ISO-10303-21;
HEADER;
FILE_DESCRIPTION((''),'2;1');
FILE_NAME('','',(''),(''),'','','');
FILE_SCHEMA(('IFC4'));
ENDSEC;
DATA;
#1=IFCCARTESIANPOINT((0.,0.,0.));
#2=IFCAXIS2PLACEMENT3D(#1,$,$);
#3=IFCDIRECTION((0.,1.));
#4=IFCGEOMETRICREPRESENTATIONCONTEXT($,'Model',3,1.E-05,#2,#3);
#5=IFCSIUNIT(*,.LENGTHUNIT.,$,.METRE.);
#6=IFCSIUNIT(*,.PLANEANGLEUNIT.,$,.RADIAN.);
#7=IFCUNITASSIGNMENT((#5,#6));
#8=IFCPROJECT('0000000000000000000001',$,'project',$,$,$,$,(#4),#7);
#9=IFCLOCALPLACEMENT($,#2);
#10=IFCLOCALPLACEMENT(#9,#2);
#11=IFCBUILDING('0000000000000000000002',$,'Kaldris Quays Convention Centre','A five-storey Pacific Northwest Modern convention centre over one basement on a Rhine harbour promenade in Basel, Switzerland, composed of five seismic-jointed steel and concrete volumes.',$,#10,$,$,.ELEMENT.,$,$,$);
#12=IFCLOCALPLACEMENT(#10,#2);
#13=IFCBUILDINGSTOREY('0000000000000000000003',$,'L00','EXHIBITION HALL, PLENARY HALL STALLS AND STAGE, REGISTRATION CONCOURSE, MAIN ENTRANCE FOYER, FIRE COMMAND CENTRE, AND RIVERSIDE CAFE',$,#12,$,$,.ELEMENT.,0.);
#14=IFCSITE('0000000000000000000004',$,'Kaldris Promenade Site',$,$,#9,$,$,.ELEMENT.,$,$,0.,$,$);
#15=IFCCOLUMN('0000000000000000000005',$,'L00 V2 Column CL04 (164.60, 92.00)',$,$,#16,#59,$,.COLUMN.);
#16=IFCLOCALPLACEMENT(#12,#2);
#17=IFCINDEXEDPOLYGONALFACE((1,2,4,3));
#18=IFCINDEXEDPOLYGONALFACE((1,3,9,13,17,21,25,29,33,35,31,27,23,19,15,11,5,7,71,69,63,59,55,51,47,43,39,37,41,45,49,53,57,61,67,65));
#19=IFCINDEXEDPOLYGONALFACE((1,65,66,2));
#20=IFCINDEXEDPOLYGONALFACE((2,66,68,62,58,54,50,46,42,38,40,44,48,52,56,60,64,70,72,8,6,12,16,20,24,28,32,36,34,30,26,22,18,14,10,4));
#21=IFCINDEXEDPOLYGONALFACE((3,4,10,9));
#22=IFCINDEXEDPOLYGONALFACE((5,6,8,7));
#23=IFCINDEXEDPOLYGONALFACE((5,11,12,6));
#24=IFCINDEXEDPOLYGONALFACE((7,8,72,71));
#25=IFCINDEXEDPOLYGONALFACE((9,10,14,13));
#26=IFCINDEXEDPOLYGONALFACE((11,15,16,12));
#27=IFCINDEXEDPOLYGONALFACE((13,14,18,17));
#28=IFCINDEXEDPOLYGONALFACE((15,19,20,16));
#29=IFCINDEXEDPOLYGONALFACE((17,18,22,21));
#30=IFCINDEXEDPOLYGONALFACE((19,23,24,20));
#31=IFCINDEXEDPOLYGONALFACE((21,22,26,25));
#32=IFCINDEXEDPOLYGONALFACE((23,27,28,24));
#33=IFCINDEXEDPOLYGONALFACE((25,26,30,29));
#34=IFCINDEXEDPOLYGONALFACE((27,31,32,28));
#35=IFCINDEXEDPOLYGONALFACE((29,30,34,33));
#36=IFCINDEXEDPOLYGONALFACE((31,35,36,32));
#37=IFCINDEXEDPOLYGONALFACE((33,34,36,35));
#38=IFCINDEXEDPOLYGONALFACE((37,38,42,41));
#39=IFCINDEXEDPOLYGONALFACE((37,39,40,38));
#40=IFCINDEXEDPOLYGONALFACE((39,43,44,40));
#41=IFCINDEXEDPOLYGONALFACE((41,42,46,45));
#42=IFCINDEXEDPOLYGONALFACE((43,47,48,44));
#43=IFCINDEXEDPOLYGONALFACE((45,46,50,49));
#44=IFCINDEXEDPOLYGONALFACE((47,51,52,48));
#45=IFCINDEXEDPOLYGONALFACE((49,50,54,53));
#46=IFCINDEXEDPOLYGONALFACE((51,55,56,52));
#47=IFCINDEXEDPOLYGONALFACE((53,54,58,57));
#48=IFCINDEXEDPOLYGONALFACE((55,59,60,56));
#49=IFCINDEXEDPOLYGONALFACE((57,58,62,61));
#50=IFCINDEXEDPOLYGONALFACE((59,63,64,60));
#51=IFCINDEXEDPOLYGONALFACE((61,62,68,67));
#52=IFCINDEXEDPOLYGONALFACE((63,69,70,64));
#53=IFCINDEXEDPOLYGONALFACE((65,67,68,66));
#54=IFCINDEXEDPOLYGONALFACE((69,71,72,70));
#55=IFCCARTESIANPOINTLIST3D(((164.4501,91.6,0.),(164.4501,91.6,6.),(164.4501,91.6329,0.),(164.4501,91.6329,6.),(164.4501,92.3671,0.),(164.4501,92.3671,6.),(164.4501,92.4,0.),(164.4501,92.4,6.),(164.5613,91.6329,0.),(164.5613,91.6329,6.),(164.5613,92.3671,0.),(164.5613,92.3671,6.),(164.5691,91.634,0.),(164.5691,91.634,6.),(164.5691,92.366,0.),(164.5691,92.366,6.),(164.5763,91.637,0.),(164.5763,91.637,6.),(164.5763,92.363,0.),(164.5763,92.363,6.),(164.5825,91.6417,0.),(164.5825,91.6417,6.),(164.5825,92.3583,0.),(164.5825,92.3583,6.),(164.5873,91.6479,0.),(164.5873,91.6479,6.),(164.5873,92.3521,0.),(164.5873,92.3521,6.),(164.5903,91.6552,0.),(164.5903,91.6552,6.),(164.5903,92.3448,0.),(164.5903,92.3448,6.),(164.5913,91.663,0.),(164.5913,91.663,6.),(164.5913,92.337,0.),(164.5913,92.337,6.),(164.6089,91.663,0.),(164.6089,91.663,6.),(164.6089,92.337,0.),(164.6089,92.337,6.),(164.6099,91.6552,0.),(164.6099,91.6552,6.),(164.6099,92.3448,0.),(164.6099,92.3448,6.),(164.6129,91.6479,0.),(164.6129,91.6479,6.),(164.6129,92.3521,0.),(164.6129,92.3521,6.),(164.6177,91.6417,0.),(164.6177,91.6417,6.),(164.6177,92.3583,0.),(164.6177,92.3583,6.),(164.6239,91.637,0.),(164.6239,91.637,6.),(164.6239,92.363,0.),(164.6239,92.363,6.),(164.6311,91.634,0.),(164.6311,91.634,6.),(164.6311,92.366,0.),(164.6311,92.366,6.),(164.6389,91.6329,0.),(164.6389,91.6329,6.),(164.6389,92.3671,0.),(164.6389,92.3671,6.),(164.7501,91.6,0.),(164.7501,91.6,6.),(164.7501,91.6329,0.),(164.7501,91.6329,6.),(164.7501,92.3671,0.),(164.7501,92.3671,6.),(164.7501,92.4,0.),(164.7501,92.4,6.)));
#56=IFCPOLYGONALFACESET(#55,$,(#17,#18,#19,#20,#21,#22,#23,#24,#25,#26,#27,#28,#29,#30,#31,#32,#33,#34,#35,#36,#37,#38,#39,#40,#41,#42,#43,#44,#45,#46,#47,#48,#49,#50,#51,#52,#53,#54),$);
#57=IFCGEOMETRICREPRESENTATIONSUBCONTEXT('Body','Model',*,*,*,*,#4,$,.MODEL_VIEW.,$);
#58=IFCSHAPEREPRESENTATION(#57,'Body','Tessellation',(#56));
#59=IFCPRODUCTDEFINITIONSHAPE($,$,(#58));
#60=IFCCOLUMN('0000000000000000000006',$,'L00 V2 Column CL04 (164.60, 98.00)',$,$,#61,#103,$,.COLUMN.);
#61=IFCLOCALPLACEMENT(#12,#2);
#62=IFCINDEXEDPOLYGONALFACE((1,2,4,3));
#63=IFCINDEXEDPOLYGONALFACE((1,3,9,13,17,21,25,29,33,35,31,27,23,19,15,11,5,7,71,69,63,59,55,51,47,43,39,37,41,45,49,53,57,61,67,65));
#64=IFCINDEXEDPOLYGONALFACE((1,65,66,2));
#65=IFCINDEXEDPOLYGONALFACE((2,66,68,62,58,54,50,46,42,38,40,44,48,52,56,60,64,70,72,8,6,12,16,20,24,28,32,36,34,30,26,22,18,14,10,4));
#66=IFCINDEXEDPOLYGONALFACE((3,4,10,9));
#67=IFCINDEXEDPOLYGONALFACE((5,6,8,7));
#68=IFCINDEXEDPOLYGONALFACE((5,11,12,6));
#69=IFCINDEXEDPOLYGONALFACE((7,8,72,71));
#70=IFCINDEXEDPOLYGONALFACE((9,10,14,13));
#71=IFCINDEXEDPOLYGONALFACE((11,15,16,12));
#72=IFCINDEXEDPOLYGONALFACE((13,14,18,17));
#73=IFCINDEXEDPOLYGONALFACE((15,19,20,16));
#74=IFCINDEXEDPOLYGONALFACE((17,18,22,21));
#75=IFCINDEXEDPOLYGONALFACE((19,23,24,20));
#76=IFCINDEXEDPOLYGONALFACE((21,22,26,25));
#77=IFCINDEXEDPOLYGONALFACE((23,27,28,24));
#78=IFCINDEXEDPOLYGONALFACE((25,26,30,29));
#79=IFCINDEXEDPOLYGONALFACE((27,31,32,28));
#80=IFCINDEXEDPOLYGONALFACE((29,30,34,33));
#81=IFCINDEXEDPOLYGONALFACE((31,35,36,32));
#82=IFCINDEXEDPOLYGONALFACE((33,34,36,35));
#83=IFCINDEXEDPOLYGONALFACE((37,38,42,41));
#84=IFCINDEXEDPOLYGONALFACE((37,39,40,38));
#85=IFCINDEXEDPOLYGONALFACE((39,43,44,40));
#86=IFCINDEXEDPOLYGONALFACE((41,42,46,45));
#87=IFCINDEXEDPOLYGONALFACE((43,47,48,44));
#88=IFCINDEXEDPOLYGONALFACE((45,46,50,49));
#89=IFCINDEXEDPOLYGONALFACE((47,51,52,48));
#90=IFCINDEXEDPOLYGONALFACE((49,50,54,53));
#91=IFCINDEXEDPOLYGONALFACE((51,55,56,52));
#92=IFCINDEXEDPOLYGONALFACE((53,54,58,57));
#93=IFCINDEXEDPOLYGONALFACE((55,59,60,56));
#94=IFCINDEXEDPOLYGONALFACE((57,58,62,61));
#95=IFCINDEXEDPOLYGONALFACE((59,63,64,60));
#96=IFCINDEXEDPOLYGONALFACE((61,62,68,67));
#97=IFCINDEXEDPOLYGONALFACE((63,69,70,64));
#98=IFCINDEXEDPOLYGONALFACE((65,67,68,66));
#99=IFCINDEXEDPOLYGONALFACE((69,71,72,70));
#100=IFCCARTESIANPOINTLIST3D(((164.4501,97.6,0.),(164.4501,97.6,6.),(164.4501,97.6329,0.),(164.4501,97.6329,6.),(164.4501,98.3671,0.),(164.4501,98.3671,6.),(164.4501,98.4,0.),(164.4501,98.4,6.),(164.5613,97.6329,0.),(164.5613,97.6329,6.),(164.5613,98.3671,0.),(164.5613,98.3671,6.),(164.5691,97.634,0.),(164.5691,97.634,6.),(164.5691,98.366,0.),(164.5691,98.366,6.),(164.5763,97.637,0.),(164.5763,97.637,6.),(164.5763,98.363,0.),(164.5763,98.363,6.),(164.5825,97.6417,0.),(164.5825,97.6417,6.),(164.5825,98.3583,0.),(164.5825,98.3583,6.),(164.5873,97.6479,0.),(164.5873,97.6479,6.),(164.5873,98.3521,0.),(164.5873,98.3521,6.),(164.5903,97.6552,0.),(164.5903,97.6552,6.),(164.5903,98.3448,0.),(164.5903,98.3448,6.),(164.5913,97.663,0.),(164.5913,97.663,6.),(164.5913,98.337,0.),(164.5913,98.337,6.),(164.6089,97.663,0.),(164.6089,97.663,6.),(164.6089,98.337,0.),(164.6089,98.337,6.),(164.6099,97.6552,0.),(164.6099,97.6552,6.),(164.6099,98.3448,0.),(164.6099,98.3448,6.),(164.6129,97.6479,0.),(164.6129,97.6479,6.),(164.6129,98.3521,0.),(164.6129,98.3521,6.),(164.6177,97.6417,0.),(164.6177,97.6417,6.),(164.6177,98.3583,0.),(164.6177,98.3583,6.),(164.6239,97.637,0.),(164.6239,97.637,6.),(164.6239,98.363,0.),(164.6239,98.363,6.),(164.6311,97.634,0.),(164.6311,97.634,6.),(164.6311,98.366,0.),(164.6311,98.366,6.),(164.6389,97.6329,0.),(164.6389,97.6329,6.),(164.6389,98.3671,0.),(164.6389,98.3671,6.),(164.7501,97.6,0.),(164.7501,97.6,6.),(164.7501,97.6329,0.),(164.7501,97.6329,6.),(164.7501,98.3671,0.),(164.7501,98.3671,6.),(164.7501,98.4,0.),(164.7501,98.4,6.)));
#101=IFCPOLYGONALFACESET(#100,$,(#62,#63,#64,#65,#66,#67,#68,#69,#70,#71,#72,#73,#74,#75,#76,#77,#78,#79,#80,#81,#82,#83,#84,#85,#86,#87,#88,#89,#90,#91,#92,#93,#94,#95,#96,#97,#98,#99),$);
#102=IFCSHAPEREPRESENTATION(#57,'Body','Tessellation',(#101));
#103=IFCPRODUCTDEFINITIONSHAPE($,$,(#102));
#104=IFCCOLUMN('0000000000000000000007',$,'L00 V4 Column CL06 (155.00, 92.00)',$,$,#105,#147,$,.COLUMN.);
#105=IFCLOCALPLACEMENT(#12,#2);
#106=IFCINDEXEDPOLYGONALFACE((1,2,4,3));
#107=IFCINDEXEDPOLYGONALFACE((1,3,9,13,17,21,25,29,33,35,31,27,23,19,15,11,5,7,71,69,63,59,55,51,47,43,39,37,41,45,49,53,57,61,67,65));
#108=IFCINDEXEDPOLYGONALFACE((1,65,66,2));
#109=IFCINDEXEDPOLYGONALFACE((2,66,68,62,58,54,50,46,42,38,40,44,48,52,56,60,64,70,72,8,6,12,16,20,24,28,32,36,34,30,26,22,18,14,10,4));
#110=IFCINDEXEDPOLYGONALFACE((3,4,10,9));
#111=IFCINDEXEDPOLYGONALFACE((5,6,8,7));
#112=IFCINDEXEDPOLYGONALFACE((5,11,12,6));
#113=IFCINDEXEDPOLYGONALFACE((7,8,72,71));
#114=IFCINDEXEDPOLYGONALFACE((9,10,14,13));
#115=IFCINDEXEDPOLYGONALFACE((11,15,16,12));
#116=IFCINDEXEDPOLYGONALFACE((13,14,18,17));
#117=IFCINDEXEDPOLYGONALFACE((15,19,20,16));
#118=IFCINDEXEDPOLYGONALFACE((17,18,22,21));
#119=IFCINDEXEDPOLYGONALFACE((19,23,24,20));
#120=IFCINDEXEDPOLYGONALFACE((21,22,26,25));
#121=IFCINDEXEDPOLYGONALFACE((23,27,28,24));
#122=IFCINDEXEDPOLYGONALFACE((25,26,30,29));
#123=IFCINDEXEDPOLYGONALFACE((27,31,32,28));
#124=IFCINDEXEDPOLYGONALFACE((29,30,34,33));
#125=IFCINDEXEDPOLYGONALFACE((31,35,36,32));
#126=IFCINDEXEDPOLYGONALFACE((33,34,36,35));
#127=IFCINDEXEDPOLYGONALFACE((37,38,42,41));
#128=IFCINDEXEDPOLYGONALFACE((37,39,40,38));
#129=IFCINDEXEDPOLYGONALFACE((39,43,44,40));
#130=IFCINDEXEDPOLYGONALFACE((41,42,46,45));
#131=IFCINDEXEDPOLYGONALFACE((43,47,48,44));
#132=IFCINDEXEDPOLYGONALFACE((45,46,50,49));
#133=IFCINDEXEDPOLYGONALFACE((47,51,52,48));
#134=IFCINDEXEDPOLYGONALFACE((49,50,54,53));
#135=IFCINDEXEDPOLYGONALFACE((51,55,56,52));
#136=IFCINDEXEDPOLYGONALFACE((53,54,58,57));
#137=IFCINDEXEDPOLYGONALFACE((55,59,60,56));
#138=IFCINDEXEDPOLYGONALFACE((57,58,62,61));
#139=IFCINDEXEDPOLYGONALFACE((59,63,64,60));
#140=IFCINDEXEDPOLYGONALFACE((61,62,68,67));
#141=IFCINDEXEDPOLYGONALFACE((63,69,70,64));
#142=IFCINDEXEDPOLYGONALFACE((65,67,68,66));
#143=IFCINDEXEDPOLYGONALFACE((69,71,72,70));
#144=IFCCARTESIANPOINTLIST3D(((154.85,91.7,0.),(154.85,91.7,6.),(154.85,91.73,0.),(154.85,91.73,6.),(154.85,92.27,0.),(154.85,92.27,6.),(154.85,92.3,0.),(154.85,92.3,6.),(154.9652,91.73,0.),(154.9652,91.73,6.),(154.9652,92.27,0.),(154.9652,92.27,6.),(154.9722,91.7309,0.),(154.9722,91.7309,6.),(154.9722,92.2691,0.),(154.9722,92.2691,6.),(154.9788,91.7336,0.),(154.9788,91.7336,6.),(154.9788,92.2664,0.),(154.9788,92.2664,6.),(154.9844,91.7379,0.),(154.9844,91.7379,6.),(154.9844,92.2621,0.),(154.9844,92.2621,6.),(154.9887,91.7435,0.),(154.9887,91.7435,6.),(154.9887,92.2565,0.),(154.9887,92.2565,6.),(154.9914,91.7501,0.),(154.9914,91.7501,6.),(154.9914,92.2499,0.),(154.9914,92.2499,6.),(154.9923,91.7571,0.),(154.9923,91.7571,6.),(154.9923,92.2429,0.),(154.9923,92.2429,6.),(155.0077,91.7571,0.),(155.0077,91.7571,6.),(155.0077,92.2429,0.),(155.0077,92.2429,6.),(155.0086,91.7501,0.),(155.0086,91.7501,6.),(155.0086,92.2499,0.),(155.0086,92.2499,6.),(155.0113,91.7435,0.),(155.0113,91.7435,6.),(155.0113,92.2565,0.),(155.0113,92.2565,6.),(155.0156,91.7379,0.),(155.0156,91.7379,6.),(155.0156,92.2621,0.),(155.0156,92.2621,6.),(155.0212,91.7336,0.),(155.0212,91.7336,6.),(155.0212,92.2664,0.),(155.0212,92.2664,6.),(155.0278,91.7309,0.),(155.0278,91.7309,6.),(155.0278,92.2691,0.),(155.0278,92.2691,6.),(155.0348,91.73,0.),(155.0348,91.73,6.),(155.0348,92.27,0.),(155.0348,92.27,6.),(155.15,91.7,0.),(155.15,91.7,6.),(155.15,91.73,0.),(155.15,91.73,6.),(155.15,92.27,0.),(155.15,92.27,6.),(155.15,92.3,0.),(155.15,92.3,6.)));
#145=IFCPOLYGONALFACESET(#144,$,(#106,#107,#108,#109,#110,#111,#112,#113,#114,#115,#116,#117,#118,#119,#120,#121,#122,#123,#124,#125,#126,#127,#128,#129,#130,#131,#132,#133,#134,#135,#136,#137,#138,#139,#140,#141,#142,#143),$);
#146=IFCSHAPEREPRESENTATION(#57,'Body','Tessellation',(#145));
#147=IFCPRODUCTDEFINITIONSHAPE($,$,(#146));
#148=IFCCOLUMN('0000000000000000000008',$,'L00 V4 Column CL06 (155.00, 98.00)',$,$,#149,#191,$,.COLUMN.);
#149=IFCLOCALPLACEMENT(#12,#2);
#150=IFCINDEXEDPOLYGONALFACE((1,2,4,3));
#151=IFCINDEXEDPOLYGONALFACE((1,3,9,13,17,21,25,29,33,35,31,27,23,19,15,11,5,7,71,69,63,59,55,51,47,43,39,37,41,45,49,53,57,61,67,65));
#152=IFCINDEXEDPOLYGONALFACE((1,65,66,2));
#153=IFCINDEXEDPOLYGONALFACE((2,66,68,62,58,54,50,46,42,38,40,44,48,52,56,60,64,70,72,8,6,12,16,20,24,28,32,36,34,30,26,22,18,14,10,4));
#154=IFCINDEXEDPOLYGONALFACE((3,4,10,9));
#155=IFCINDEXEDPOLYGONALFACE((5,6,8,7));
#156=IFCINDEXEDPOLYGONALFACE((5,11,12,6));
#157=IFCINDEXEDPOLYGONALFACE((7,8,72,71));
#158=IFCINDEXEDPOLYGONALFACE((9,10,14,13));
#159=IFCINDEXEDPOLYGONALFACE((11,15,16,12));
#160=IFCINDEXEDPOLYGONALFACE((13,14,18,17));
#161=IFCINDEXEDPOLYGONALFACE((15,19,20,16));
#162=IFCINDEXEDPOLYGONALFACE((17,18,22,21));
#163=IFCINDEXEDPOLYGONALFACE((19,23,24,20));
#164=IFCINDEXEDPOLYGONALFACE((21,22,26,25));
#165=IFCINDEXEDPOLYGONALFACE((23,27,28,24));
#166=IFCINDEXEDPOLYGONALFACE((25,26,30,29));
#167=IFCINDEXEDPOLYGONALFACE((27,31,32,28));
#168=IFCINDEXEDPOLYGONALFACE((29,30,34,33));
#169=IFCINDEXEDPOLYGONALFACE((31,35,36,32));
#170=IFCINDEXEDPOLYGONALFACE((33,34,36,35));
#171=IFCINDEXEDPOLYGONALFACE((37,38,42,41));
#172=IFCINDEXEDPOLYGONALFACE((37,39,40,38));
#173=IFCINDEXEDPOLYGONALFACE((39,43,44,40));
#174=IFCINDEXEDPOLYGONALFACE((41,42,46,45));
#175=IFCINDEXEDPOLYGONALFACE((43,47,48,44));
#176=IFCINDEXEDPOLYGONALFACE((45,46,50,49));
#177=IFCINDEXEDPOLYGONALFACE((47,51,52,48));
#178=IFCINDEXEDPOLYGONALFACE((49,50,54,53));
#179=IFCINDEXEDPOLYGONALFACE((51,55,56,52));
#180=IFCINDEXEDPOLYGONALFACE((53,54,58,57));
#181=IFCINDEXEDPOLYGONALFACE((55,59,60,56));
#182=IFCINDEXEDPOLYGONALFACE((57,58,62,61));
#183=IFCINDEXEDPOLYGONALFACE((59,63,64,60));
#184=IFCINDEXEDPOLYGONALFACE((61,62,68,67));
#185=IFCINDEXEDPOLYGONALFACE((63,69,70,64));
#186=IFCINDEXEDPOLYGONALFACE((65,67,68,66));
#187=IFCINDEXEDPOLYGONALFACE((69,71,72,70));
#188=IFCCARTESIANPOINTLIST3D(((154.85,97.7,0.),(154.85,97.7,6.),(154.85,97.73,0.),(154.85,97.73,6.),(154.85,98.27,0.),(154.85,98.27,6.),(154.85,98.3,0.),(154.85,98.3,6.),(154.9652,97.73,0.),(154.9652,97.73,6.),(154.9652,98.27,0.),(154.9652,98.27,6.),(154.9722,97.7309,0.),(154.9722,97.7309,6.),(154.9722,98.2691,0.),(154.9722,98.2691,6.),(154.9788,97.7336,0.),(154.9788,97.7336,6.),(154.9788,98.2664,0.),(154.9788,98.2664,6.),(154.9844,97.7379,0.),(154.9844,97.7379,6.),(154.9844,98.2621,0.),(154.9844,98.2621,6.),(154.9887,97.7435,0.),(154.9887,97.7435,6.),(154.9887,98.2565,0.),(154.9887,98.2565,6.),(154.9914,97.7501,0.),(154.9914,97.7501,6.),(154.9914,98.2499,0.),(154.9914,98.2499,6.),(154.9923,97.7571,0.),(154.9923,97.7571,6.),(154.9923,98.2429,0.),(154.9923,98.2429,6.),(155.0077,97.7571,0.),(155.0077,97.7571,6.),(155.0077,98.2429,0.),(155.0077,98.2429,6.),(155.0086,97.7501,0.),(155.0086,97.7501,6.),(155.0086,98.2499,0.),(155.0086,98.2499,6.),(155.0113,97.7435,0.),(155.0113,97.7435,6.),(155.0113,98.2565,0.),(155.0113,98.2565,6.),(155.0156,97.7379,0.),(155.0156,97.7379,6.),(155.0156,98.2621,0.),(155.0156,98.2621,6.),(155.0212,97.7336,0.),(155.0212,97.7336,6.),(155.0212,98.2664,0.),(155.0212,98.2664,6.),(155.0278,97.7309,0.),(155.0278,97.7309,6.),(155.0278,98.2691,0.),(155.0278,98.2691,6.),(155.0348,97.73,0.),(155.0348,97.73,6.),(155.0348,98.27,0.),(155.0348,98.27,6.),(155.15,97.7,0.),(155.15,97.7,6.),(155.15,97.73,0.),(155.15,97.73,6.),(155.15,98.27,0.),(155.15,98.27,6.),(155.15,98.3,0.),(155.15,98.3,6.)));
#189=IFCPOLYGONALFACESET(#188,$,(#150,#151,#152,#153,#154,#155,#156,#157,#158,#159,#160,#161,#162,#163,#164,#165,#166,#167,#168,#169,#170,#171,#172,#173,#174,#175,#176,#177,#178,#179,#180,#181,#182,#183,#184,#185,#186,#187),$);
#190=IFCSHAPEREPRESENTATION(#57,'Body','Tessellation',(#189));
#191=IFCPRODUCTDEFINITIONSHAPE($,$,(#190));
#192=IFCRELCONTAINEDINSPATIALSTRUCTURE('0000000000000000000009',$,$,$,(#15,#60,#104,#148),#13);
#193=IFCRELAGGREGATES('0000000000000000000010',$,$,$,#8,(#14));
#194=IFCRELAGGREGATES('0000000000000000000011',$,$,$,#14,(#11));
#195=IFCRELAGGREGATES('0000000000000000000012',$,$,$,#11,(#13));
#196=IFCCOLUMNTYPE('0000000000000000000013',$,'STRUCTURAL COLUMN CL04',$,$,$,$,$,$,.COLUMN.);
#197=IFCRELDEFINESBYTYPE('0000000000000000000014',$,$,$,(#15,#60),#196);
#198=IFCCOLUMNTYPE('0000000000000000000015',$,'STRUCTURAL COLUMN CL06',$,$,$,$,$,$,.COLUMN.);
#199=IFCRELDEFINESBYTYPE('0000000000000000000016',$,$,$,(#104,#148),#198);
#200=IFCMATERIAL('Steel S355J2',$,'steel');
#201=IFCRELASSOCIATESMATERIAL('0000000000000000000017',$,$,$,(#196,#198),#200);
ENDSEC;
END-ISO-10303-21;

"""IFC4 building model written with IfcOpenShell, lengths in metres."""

from ifc_helpers import new_model, si_unit, direction, frame, origin, origin_2d, place, context, subcontext, project, spatial, i_section, extrude, material, material_profile, profile_set, type_object, element, save


model = new_model("IFC4")

# Units and contexts
model_context = context("Model", 3, precision=1e-05, world=origin(), true_north=direction((0.0, 1.0)))
body_context = subcontext(model_context, "Body", "Model", "MODEL_VIEW")
ifc_project = project(units=[si_unit("LENGTHUNIT", "METRE"), si_unit("PLANEANGLEUNIT", "RADIAN")], contexts=[model_context])

# Site, building, storey
site_placement = place(None, origin())
site = spatial("IfcSite", under=ifc_project, at=site_placement, Name="Kaldris Promenade Site", CompositionType="ELEMENT", RefElevation=0.0)
building_placement = place(site_placement, origin())
building = spatial("IfcBuilding", under=site, at=building_placement, Name="Kaldris Quays Convention Centre", Description="A five-storey Pacific Northwest Modern convention centre over one basement on a Rhine harbour promenade in Basel, Switzerland, composed of five seismic-jointed steel and concrete volumes.", CompositionType="ELEMENT")
storey_placement = place(building_placement, origin())
storey = spatial("IfcBuildingStorey", under=building, at=storey_placement, Name="L00", Description="EXHIBITION HALL, PLENARY HALL STALLS AND STAGE, REGISTRATION CONCOURSE, MAIN ENTRANCE FOYER, FIRE COMMAND CENTRE, AND RIVERSIDE CAFE", CompositionType="ELEMENT", Elevation=0.0)

# Columns
ifc_material_1 = material(Name="Steel S355J2", Category="steel")
ifc_material_profile_1 = material_profile(ifc_material_1, i_section(OverallWidth=0.3, OverallDepth=0.8, WebThickness=0.0176, FlangeThickness=0.033, FilletRadius=0.03, at=origin_2d()), Name="HEB 800")
ifc_profile_set_1 = profile_set([ifc_material_profile_1], Name="Steel S355J2")
column_type_1 = type_object("IfcColumnType", Name="STRUCTURAL COLUMN CL04", PredefinedType="COLUMN", material=ifc_profile_set_1)
for number, where, z_axis, x_axis, name in (
    (1, (164.6001, 92.0, 0.0), (0.0, 0.0, 1.0), (1.0, 0.0, 0.0), "L00 V2 Column CL04 (164.60, 92.00)"),
    (2, (164.6001, 98.0, 0.0), (0.0, 0.0, 1.0), (1.0, 0.0, 0.0), "L00 V2 Column CL04 (164.60, 98.00)"),
):
    element("IfcColumn", number, at=place(storey_placement, frame(where, z_axis=z_axis, x_axis=x_axis)), inside=storey, type_object=column_type_1, Name=name, PredefinedType="COLUMN", context=body_context, shape_type="SweptSolid", body=[
        extrude(i_section(OverallWidth=0.3, OverallDepth=0.8, WebThickness=0.0176, FlangeThickness=0.033, FilletRadius=0.03, at=origin_2d()), origin(), (0.0, 0.0, 1.0), 6.0),
    ])
ifc_material_profile_2 = material_profile(ifc_material_1, i_section(OverallWidth=0.3, OverallDepth=0.6001, WebThickness=0.0154, FlangeThickness=0.03, FilletRadius=0.0271, at=origin_2d()), Name="HEB 600")
ifc_profile_set_2 = profile_set([ifc_material_profile_2], Name="Steel S355J2")
column_type_2 = type_object("IfcColumnType", Name="STRUCTURAL COLUMN CL06", PredefinedType="COLUMN", material=ifc_profile_set_2)
for number, where, z_axis, x_axis, name in (
    (3, (155.0, 92.0, 0.0), (0.0, 0.0, 1.0), (1.0, 0.0, 0.0), "L00 V4 Column CL06 (155.00, 92.00)"),
    (4, (155.0, 98.0, 0.0), (0.0, 0.0, 1.0), (1.0, 0.0, 0.0), "L00 V4 Column CL06 (155.00, 98.00)"),
):
    element("IfcColumn", number, at=place(storey_placement, frame(where, z_axis=z_axis, x_axis=x_axis)), inside=storey, type_object=column_type_2, Name=name, PredefinedType="COLUMN", context=body_context, shape_type="SweptSolid", body=[
        extrude(i_section(OverallWidth=0.3, OverallDepth=0.6001, WebThickness=0.0154, FlangeThickness=0.03, FilletRadius=0.0271, at=origin_2d()), origin(), (0.0, 0.0, 1.0), 6.0),
    ])

save(model, "model.ifc")
